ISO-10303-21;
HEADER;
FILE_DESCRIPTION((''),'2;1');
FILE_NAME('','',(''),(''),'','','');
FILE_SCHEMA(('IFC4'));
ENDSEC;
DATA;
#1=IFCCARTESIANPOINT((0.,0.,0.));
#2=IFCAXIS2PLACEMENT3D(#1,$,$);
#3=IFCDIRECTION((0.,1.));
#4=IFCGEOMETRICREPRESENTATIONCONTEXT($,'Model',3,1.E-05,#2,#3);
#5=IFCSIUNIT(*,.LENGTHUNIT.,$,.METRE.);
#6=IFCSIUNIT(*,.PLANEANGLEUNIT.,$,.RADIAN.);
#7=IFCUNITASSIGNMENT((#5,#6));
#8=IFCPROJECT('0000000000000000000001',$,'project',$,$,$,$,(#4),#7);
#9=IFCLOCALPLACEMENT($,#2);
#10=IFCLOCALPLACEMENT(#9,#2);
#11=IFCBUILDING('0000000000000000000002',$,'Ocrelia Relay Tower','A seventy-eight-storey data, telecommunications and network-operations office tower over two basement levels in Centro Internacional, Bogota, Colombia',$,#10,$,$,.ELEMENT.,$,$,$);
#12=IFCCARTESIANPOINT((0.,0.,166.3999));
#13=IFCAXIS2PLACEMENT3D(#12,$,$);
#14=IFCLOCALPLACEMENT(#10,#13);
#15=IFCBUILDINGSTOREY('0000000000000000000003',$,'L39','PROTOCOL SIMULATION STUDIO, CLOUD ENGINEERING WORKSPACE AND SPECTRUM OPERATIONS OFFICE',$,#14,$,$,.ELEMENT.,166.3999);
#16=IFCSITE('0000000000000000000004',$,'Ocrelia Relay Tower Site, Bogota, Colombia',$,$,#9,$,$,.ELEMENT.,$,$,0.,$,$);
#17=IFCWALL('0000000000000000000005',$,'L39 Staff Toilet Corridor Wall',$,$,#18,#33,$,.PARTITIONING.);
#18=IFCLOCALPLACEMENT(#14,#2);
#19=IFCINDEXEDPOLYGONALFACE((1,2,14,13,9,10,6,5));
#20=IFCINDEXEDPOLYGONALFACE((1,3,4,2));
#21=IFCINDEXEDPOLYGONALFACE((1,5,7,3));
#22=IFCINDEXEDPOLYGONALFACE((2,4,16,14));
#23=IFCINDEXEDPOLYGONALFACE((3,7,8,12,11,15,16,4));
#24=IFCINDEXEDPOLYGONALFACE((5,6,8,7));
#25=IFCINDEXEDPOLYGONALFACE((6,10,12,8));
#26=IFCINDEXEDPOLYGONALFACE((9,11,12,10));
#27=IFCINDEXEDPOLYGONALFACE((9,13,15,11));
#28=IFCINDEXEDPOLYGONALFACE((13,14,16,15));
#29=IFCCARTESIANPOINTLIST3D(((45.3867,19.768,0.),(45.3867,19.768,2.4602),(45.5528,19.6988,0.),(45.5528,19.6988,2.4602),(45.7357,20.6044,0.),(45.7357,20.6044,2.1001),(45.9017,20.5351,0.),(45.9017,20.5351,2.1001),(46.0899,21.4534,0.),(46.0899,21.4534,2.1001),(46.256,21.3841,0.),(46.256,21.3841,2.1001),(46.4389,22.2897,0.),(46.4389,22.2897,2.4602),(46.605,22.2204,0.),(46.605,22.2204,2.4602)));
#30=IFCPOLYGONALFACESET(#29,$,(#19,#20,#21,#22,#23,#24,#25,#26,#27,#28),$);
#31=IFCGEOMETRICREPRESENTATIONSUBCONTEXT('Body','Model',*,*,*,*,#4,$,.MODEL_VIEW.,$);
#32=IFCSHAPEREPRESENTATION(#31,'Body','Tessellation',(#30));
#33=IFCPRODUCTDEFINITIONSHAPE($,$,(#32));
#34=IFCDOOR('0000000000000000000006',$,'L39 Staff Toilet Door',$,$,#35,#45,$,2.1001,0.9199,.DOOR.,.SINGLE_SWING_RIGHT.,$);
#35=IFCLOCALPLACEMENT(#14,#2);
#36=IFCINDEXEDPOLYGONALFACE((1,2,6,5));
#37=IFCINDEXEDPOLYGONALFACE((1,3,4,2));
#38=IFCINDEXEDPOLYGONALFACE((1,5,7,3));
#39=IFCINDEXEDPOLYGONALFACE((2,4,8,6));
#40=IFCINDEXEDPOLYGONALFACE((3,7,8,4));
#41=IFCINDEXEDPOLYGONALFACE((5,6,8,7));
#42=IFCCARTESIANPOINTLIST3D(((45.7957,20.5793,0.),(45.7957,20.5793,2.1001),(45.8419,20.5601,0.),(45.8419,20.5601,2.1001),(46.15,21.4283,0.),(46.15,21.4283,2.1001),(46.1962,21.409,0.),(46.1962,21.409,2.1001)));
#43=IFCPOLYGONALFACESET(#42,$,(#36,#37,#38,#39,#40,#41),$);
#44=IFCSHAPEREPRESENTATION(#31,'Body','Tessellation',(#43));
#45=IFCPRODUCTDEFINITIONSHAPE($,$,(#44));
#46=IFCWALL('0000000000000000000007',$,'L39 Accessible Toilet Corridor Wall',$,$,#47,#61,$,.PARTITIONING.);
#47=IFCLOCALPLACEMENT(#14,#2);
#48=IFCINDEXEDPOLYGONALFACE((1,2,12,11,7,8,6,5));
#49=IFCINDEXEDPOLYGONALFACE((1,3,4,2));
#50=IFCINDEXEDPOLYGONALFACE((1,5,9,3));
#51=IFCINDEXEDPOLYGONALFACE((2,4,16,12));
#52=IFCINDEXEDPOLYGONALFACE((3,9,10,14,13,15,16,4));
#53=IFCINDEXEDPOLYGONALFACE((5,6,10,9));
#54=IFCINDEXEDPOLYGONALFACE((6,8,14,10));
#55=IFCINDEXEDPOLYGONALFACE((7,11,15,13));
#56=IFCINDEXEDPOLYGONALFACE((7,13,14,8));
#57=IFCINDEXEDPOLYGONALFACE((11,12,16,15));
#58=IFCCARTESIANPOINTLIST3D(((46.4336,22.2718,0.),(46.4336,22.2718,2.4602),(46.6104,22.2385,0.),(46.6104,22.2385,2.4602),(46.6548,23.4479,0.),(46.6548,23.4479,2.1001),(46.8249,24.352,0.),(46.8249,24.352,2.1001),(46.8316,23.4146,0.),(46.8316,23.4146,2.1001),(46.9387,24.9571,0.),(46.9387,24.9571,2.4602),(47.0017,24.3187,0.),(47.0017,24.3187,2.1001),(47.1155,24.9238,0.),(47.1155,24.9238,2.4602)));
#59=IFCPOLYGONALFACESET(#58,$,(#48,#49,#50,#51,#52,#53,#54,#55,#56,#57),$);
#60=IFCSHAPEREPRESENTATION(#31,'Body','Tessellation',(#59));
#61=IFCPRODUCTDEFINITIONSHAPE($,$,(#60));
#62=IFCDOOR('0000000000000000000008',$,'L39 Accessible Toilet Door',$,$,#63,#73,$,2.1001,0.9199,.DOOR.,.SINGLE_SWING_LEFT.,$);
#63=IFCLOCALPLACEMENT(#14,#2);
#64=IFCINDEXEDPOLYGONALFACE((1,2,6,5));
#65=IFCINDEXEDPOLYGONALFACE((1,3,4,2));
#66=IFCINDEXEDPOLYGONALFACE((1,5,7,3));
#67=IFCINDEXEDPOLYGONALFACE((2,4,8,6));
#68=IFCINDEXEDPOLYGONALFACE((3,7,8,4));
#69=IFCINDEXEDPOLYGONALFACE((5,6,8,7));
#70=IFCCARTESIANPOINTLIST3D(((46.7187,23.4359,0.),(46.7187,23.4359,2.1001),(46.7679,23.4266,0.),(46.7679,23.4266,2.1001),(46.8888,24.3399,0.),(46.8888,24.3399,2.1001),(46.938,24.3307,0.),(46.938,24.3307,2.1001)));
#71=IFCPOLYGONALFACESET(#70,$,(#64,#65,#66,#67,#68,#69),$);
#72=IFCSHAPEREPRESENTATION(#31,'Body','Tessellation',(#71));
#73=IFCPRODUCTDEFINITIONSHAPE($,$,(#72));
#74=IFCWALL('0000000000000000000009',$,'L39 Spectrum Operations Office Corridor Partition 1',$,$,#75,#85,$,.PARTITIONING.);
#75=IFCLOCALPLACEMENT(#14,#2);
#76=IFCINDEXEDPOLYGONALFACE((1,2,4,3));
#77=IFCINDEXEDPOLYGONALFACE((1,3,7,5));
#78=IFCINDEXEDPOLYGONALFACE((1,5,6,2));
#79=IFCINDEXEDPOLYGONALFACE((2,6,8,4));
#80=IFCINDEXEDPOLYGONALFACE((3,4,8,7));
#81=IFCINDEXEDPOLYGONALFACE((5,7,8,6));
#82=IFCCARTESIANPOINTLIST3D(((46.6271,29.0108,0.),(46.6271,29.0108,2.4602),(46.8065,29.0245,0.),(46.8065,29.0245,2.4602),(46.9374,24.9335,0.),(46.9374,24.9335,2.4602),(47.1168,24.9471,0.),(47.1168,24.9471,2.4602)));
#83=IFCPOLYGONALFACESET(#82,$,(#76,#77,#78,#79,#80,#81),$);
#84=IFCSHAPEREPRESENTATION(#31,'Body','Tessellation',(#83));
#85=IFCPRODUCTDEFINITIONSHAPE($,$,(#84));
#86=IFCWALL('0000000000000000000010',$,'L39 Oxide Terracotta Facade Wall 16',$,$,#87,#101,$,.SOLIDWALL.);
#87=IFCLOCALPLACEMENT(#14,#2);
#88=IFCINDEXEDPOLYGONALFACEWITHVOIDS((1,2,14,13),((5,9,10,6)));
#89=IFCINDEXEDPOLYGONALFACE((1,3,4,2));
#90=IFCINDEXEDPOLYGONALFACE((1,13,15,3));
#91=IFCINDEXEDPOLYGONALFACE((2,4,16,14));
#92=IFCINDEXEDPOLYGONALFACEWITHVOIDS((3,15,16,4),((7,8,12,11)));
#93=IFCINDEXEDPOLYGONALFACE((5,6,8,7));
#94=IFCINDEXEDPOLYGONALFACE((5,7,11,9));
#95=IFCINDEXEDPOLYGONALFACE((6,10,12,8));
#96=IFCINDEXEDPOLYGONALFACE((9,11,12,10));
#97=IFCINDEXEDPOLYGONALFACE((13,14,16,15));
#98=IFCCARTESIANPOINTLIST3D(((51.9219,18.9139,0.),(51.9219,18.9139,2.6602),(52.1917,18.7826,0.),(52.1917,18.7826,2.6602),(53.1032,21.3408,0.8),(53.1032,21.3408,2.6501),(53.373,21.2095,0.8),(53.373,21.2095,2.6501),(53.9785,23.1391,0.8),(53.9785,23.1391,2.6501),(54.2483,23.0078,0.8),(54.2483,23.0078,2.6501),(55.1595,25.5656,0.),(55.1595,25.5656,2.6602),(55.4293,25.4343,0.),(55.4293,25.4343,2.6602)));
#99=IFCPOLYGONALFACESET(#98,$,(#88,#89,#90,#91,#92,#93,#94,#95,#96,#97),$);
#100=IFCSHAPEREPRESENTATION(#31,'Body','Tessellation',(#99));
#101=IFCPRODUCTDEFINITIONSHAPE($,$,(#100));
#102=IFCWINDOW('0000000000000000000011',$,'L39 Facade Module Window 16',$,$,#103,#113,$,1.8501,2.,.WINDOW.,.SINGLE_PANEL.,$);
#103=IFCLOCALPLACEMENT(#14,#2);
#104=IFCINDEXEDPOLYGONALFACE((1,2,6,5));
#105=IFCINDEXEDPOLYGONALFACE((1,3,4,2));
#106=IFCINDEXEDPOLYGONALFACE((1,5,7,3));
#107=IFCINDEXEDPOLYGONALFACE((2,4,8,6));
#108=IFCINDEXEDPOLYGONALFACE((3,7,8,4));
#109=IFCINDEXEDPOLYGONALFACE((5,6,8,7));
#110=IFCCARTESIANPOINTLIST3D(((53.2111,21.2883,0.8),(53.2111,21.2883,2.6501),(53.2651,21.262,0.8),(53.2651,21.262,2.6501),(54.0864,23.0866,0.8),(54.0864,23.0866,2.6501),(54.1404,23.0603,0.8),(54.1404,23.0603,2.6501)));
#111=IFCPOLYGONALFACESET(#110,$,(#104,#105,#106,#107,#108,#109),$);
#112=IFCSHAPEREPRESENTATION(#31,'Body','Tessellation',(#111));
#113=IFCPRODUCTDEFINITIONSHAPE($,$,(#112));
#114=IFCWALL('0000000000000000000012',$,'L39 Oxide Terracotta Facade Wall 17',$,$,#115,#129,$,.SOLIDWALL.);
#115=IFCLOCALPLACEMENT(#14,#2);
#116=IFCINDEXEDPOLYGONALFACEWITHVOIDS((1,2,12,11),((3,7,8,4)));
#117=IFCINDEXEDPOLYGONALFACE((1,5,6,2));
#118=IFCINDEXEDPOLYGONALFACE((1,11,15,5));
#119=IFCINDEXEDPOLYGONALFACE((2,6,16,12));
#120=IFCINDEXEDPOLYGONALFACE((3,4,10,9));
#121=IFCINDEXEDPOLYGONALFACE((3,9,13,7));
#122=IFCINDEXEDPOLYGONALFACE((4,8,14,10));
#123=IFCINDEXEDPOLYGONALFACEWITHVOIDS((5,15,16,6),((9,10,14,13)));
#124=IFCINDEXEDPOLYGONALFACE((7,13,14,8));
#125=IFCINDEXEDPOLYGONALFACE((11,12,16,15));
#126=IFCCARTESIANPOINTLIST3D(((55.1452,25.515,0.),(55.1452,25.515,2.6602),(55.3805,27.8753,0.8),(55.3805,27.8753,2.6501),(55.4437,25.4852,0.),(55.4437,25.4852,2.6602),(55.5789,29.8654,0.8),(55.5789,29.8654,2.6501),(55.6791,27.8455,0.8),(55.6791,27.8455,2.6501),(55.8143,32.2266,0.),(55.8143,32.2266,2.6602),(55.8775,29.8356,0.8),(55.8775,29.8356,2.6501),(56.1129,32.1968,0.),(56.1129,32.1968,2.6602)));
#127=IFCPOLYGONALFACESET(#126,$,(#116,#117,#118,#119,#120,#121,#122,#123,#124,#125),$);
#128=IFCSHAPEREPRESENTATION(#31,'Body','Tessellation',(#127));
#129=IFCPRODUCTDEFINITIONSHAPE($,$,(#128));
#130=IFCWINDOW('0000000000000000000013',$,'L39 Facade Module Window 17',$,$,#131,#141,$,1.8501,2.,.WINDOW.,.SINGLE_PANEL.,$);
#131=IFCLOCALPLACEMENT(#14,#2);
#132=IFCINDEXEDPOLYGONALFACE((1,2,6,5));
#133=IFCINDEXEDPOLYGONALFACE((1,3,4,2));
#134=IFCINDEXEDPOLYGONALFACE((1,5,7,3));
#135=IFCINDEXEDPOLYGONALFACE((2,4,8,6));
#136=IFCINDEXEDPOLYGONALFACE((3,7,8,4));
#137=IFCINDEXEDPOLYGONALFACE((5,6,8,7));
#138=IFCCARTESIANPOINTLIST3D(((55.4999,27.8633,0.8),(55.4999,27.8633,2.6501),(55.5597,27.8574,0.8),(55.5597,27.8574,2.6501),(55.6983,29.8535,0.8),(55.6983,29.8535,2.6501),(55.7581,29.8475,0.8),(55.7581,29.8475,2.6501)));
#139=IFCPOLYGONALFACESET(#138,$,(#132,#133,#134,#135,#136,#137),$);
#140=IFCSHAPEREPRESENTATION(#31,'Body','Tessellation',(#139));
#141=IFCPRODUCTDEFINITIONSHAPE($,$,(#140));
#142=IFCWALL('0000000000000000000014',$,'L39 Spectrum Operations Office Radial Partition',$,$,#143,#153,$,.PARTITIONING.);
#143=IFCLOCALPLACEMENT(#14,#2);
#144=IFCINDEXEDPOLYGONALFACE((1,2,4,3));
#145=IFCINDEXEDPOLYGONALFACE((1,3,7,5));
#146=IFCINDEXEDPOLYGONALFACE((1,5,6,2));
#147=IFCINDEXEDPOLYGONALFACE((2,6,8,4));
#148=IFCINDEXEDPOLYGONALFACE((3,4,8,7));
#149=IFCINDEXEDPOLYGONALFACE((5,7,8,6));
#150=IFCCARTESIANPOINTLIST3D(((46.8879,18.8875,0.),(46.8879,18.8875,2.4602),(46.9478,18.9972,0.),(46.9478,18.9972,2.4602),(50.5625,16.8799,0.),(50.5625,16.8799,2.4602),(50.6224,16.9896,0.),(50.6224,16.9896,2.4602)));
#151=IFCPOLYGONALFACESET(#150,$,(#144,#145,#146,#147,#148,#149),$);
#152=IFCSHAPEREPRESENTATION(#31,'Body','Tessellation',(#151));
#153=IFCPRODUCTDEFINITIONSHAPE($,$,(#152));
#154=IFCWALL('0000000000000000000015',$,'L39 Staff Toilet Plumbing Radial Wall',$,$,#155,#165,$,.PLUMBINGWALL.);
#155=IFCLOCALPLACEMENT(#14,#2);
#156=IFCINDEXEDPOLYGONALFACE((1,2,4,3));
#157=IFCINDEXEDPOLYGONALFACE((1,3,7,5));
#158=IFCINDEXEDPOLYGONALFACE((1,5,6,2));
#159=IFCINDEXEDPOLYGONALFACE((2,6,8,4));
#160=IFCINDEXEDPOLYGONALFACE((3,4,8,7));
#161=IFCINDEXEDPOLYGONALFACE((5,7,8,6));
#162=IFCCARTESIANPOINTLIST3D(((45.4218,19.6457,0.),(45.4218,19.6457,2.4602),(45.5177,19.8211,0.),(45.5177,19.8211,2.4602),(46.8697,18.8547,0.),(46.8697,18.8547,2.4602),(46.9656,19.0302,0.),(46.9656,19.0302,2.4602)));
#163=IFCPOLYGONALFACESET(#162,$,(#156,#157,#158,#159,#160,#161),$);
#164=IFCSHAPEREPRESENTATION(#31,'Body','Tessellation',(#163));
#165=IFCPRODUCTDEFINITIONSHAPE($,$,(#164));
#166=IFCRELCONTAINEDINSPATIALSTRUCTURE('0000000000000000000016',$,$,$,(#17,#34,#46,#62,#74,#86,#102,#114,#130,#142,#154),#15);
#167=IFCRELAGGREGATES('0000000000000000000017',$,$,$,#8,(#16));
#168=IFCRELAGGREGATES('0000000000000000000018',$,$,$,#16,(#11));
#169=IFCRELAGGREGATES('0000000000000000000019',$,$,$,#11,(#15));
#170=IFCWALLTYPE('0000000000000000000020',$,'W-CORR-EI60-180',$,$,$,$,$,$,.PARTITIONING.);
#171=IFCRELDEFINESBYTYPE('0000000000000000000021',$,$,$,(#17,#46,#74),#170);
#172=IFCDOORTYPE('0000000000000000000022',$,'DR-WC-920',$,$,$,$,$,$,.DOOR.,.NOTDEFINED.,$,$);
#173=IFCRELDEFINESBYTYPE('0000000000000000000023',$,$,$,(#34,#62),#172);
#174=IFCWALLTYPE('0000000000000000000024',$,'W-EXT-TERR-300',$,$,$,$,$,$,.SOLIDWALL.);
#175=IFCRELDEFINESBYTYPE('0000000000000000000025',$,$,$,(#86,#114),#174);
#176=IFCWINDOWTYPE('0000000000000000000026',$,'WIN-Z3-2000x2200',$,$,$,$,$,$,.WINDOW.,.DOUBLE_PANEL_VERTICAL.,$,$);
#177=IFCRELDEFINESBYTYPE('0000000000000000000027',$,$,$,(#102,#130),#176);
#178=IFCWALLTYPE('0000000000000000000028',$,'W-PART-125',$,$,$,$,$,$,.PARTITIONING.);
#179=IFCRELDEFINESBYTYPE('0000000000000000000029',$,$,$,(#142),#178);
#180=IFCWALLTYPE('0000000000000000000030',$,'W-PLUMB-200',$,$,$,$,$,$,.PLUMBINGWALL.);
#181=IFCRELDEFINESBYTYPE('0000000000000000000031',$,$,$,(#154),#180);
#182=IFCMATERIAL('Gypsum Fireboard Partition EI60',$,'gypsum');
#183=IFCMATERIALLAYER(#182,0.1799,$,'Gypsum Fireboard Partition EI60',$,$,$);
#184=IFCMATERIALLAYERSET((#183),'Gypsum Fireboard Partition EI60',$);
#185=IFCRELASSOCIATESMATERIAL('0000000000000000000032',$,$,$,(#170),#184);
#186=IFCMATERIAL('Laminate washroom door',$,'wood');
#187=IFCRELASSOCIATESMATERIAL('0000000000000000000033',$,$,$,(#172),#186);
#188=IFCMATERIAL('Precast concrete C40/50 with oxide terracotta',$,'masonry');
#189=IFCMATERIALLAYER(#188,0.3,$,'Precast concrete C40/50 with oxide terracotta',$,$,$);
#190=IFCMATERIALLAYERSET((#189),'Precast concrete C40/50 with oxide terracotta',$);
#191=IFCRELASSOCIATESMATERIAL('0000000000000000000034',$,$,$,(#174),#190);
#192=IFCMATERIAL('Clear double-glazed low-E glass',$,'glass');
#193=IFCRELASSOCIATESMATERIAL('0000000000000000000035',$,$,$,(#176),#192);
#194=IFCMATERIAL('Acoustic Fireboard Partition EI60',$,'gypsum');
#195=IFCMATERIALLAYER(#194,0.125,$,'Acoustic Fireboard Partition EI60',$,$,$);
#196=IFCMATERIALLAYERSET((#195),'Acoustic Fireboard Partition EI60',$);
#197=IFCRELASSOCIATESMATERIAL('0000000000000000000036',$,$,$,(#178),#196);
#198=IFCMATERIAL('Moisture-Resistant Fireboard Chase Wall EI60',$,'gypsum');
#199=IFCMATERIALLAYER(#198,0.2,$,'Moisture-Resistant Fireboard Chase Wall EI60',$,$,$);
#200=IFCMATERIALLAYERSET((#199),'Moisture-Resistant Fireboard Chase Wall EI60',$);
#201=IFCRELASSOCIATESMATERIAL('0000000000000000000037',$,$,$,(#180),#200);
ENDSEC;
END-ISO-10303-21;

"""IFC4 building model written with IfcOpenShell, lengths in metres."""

from ifc_helpers import new_model, si_unit, direction, frame, frame_2d, origin, place, context, subcontext, project, spatial, rectangle, extrude, material, layer, layer_set, type_object, element, fill, save


model = new_model("IFC4")

# Units and contexts
model_context = context("Model", 3, precision=1e-05, world=origin(), true_north=direction((0.0, 1.0)))
body_context = subcontext(model_context, "Body", "Model", "MODEL_VIEW")
ifc_project = project(units=[si_unit("LENGTHUNIT", "METRE"), si_unit("PLANEANGLEUNIT", "RADIAN")], contexts=[model_context])

# Site, building, storey
site_placement = place(None, origin())
site = spatial("IfcSite", under=ifc_project, at=site_placement, Name="Ocrelia Relay Tower Site, Bogota, Colombia", CompositionType="ELEMENT", RefElevation=0.0)
building_placement = place(site_placement, origin())
building = spatial("IfcBuilding", under=site, at=building_placement, Name="Ocrelia Relay Tower", Description="A seventy-eight-storey data, telecommunications and network-operations office tower over two basement levels in Centro Internacional, Bogota, Colombia", CompositionType="ELEMENT")
storey_placement = place(building_placement, frame((0.0, 0.0, 166.3999)))
storey = spatial("IfcBuildingStorey", under=building, at=storey_placement, Name="L39", Description="PROTOCOL SIMULATION STUDIO, CLOUD ENGINEERING WORKSPACE AND SPECTRUM OPERATIONS OFFICE", CompositionType="ELEMENT", Elevation=166.3999)

# Walls, openings, doors
ifc_material_1 = material(Name="Gypsum Fireboard Partition EI60", Category="gypsum")
ifc_layer_1 = layer(ifc_material_1, 0.1799, Name="Gypsum Fireboard Partition EI60")
ifc_layer_set_1 = layer_set([ifc_layer_1], Name="Gypsum Fireboard Partition EI60")
wall_type_1 = type_object("IfcWallType", Name="W-CORR-EI60-180", PredefinedType="PARTITIONING", material=ifc_layer_set_1)
wall_1_placement = place(storey_placement, frame((45.4697, 19.7334, 0.0), z_axis=(0.0, 0.0, 1.0), x_axis=(0.385091, 0.922879, 0.0)))
wall_1 = element("IfcWall", 1, at=wall_1_placement, inside=storey, type_object=wall_type_1, Name="L39 Staff Toilet Corridor Wall", PredefinedType="PARTITIONING", context=body_context, shape_type="SweptSolid", body=[
    extrude(rectangle(XDim=2.7324, YDim=0.1799, at=frame_2d((1.3662, 0.0))), origin(), (0.0, 0.0, 1.0), 2.4602),
])
opening_1_placement = place(wall_1_placement, frame((0.9062, 0.0, 0.0)))
opening_1 = element("IfcOpeningElement", 2, at=opening_1_placement, cuts=wall_1, PredefinedType="OPENING", context=body_context, shape_type="SweptSolid", body=[
    extrude(rectangle(XDim=0.9199, YDim=2.1001, at=frame_2d((0.46, 1.05))), frame((0.0, 0.1001, 0.0), z_axis=(0.0, -1.0, 0.0), x_axis=(1.0, 0.0, 0.0)), (0.0, 0.0, 1.0), 0.2),
])
ifc_material_2 = material(Name="Laminate washroom door", Category="wood")
door_type = type_object("IfcDoorType", Name="DR-WC-920", OperationType="NOTDEFINED", PredefinedType="DOOR", material=ifc_material_2)
door_1_placement = place(opening_1_placement, origin())
door_1 = element("IfcDoor", 3, at=door_1_placement, inside=storey, type_object=door_type, Name="L39 Staff Toilet Door", OperationType="SINGLE_SWING_RIGHT", OverallHeight=2.1001, OverallWidth=0.9199, PredefinedType="DOOR", context=body_context, shape_type="SweptSolid", body=[
    extrude(rectangle(XDim=0.9199, YDim=2.1001, at=frame_2d((0.46, 1.05))), frame((0.0, 0.0249, 0.0), z_axis=(0.0, -1.0, 0.0), x_axis=(1.0, 0.0, 0.0)), (0.0, 0.0, 1.0), 0.05),
])
fill(opening_1, door_1)
wall_2_placement = place(storey_placement, frame((46.522, 22.2551, 0.0), z_axis=(0.0, 0.0, 1.0), x_axis=(0.184866, 0.982764, 0.0)))
wall_2 = element("IfcWall", 4, at=wall_2_placement, inside=storey, type_object=wall_type_1, Name="L39 Accessible Toilet Corridor Wall", PredefinedType="PARTITIONING", context=body_context, shape_type="SweptSolid", body=[
    extrude(rectangle(XDim=2.7324, YDim=0.1799, at=frame_2d((1.3662, 0.0))), origin(), (0.0, 0.0, 1.0), 2.4602),
])
opening_2_placement = place(wall_2_placement, frame((1.1968, 0.0, 0.0)))
opening_2 = element("IfcOpeningElement", 5, at=opening_2_placement, cuts=wall_2, PredefinedType="OPENING", context=body_context, shape_type="SweptSolid", body=[
    extrude(rectangle(XDim=0.9199, YDim=2.1001, at=frame_2d((0.46, 1.05))), frame((0.0, 0.1001, 0.0), z_axis=(0.0, -1.0, 0.0), x_axis=(1.0, 0.0, 0.0)), (0.0, 0.0, 1.0), 0.2),
])
door_2_placement = place(opening_2_placement, origin())
door_2 = element("IfcDoor", 6, at=door_2_placement, inside=storey, type_object=door_type, Name="L39 Accessible Toilet Door", OperationType="SINGLE_SWING_LEFT", OverallHeight=2.1001, OverallWidth=0.9199, PredefinedType="DOOR", context=body_context, shape_type="SweptSolid", body=[
    extrude(rectangle(XDim=0.9199, YDim=2.1001, at=frame_2d((0.46, 1.05))), frame((0.0, 0.0249, 0.0), z_axis=(0.0, -1.0, 0.0), x_axis=(1.0, 0.0, 0.0)), (0.0, 0.0, 1.0), 0.05),
])
fill(opening_2, door_2)

# Wall
wall_3_placement = place(storey_placement, frame((47.0271, 24.9404, 0.0), z_axis=(0.0, 0.0, 1.0), x_axis=(-0.075884, 0.997117, 0.0)))
element("IfcWall", 7, at=wall_3_placement, inside=storey, type_object=wall_type_1, Name="L39 Spectrum Operations Office Corridor Partition 1", PredefinedType="PARTITIONING", context=body_context, shape_type="SweptSolid", body=[
    extrude(rectangle(XDim=4.0891, YDim=0.1799, at=frame_2d((2.0444, 0.0))), origin(), (0.0, 0.0, 1.0), 2.4602),
])

# Walls, openings, windows
ifc_material_3 = material(Name="Precast concrete C40/50 with oxide terracotta", Category="masonry")
ifc_layer_2 = layer(ifc_material_3, 0.3, Name="Precast concrete C40/50 with oxide terracotta")
ifc_layer_set_2 = layer_set([ifc_layer_2], Name="Precast concrete C40/50 with oxide terracotta")
wall_type_2 = type_object("IfcWallType", Name="W-EXT-TERR-300", PredefinedType="SOLIDWALL", material=ifc_layer_set_2)
wall_4_placement = place(storey_placement, frame((52.0569, 18.8484, 0.0), z_axis=(0.0, 0.0, 1.0), x_axis=(0.437644, 0.899148, 0.0)))
wall_4 = element("IfcWall", 8, at=wall_4_placement, inside=storey, type_object=wall_type_2, Name="L39 Oxide Terracotta Facade Wall 16", PredefinedType="SOLIDWALL", context=body_context, shape_type="SweptSolid", body=[
    extrude(rectangle(XDim=7.3977, YDim=0.3, at=frame_2d((3.6987, 0.0))), origin(), (0.0, 0.0, 1.0), 2.6602),
])
opening_3_placement = place(wall_4_placement, frame((2.699, 0.0, 0.8)))
opening_3 = element("IfcOpeningElement", 9, at=opening_3_placement, cuts=wall_4, PredefinedType="OPENING", context=body_context, shape_type="SweptSolid", body=[
    extrude(rectangle(XDim=2.0, YDim=1.8501, at=frame_2d((1.0, 0.925))), frame((0.0, 0.1602, 0.0), z_axis=(0.0, -1.0, 0.0), x_axis=(1.0, 0.0, 0.0)), (0.0, 0.0, 1.0), 0.3201),
])
ifc_material_4 = material(Name="Clear double-glazed low-E glass", Category="glass")
window_type = type_object("IfcWindowType", Name="WIN-Z3-2000x2200", PartitioningType="DOUBLE_PANEL_VERTICAL", PredefinedType="WINDOW", material=ifc_material_4)
window_1_placement = place(opening_3_placement, origin())
window_1 = element("IfcWindow", 10, at=window_1_placement, inside=storey, type_object=window_type, Name="L39 Facade Module Window 16", OverallHeight=1.8501, OverallWidth=2.0, PartitioningType="SINGLE_PANEL", PredefinedType="WINDOW", context=body_context, shape_type="SweptSolid", body=[
    extrude(rectangle(XDim=2.0, YDim=1.8501, at=frame_2d((1.0, 0.925))), frame((0.0, 0.03, 0.0), z_axis=(0.0, -1.0, 0.0), x_axis=(1.0, 0.0, 0.0)), (0.0, 0.0, 1.0), 0.0601),
])
fill(opening_3, window_1)
wall_5_placement = place(storey_placement, frame((55.2944, 25.5, 0.0), z_axis=(0.0, 0.0, 1.0), x_axis=(0.099213, 0.995066, 0.0)))
wall_5 = element("IfcWall", 11, at=wall_5_placement, inside=storey, type_object=wall_type_2, Name="L39 Oxide Terracotta Facade Wall 17", PredefinedType="SOLIDWALL", context=body_context, shape_type="SweptSolid", body=[
    extrude(rectangle(XDim=6.7449, YDim=0.3, at=frame_2d((3.3726, 0.0))), origin(), (0.0, 0.0, 1.0), 2.6602),
])
opening_4_placement = place(wall_5_placement, frame((2.3721, 0.0, 0.8)))
opening_4 = element("IfcOpeningElement", 12, at=opening_4_placement, cuts=wall_5, PredefinedType="OPENING", context=body_context, shape_type="SweptSolid", body=[
    extrude(rectangle(XDim=2.0, YDim=1.8501, at=frame_2d((1.0, 0.925))), frame((0.0, 0.1602, 0.0), z_axis=(0.0, -1.0, 0.0), x_axis=(1.0, 0.0, 0.0)), (0.0, 0.0, 1.0), 0.3201),
])
window_2_placement = place(opening_4_placement, origin())
window_2 = element("IfcWindow", 13, at=window_2_placement, inside=storey, type_object=window_type, Name="L39 Facade Module Window 17", OverallHeight=1.8501, OverallWidth=2.0, PartitioningType="SINGLE_PANEL", PredefinedType="WINDOW", context=body_context, shape_type="SweptSolid", body=[
    extrude(rectangle(XDim=2.0, YDim=1.8501, at=frame_2d((1.0, 0.925))), frame((0.0, 0.03, 0.0), z_axis=(0.0, -1.0, 0.0), x_axis=(1.0, 0.0, 0.0)), (0.0, 0.0, 1.0), 0.0601),
])
fill(opening_4, window_2)

# Walls
ifc_material_5 = material(Name="Acoustic Fireboard Partition EI60", Category="gypsum")
ifc_layer_3 = layer(ifc_material_5, 0.125, Name="Acoustic Fireboard Partition EI60")
ifc_layer_set_3 = layer_set([ifc_layer_3], Name="Acoustic Fireboard Partition EI60")
wall_type_3 = type_object("IfcWallType", Name="W-PART-125", PredefinedType="PARTITIONING", material=ifc_layer_set_3)
wall_6_placement = place(storey_placement, frame((46.9177, 18.9424, 0.0), z_axis=(0.0, 0.0, 1.0), x_axis=(0.877568, -0.479453, 0.0)))
element("IfcWall", 14, at=wall_6_placement, inside=storey, type_object=wall_type_3, Name="L39 Spectrum Operations Office Radial Partition", PredefinedType="PARTITIONING", context=body_context, shape_type="SweptSolid", body=[
    extrude(rectangle(XDim=4.1873, YDim=0.125, at=frame_2d((2.0938, 0.0))), origin(), (0.0, 0.0, 1.0), 2.4602),
])
ifc_material_6 = material(Name="Moisture-Resistant Fireboard Chase Wall EI60", Category="gypsum")
ifc_layer_4 = layer(ifc_material_6, 0.2, Name="Moisture-Resistant Fireboard Chase Wall EI60")
ifc_layer_set_4 = layer_set([ifc_layer_4], Name="Moisture-Resistant Fireboard Chase Wall EI60")
wall_type_4 = type_object("IfcWallType", Name="W-PLUMB-200", PredefinedType="PLUMBINGWALL", material=ifc_layer_set_4)
for number, where, z_axis, x_axis, name in (
    (15, (45.4697, 19.7334, 0.0), (0.0, 0.0, 1.0), (0.87759, -0.479412, 0.0), "L39 Staff Toilet Plumbing Radial Wall"),
):
    element("IfcWall", number, at=place(storey_placement, frame(where, z_axis=z_axis, x_axis=x_axis)), inside=storey, type_object=wall_type_4, Name=name, PredefinedType="PLUMBINGWALL", context=body_context, shape_type="SweptSolid", body=[
        extrude(rectangle(XDim=1.6499, YDim=0.2, at=frame_2d((0.825, 0.0))), origin(), (0.0, 0.0, 1.0), 2.4602),
    ])

save(model, "model.ifc")
